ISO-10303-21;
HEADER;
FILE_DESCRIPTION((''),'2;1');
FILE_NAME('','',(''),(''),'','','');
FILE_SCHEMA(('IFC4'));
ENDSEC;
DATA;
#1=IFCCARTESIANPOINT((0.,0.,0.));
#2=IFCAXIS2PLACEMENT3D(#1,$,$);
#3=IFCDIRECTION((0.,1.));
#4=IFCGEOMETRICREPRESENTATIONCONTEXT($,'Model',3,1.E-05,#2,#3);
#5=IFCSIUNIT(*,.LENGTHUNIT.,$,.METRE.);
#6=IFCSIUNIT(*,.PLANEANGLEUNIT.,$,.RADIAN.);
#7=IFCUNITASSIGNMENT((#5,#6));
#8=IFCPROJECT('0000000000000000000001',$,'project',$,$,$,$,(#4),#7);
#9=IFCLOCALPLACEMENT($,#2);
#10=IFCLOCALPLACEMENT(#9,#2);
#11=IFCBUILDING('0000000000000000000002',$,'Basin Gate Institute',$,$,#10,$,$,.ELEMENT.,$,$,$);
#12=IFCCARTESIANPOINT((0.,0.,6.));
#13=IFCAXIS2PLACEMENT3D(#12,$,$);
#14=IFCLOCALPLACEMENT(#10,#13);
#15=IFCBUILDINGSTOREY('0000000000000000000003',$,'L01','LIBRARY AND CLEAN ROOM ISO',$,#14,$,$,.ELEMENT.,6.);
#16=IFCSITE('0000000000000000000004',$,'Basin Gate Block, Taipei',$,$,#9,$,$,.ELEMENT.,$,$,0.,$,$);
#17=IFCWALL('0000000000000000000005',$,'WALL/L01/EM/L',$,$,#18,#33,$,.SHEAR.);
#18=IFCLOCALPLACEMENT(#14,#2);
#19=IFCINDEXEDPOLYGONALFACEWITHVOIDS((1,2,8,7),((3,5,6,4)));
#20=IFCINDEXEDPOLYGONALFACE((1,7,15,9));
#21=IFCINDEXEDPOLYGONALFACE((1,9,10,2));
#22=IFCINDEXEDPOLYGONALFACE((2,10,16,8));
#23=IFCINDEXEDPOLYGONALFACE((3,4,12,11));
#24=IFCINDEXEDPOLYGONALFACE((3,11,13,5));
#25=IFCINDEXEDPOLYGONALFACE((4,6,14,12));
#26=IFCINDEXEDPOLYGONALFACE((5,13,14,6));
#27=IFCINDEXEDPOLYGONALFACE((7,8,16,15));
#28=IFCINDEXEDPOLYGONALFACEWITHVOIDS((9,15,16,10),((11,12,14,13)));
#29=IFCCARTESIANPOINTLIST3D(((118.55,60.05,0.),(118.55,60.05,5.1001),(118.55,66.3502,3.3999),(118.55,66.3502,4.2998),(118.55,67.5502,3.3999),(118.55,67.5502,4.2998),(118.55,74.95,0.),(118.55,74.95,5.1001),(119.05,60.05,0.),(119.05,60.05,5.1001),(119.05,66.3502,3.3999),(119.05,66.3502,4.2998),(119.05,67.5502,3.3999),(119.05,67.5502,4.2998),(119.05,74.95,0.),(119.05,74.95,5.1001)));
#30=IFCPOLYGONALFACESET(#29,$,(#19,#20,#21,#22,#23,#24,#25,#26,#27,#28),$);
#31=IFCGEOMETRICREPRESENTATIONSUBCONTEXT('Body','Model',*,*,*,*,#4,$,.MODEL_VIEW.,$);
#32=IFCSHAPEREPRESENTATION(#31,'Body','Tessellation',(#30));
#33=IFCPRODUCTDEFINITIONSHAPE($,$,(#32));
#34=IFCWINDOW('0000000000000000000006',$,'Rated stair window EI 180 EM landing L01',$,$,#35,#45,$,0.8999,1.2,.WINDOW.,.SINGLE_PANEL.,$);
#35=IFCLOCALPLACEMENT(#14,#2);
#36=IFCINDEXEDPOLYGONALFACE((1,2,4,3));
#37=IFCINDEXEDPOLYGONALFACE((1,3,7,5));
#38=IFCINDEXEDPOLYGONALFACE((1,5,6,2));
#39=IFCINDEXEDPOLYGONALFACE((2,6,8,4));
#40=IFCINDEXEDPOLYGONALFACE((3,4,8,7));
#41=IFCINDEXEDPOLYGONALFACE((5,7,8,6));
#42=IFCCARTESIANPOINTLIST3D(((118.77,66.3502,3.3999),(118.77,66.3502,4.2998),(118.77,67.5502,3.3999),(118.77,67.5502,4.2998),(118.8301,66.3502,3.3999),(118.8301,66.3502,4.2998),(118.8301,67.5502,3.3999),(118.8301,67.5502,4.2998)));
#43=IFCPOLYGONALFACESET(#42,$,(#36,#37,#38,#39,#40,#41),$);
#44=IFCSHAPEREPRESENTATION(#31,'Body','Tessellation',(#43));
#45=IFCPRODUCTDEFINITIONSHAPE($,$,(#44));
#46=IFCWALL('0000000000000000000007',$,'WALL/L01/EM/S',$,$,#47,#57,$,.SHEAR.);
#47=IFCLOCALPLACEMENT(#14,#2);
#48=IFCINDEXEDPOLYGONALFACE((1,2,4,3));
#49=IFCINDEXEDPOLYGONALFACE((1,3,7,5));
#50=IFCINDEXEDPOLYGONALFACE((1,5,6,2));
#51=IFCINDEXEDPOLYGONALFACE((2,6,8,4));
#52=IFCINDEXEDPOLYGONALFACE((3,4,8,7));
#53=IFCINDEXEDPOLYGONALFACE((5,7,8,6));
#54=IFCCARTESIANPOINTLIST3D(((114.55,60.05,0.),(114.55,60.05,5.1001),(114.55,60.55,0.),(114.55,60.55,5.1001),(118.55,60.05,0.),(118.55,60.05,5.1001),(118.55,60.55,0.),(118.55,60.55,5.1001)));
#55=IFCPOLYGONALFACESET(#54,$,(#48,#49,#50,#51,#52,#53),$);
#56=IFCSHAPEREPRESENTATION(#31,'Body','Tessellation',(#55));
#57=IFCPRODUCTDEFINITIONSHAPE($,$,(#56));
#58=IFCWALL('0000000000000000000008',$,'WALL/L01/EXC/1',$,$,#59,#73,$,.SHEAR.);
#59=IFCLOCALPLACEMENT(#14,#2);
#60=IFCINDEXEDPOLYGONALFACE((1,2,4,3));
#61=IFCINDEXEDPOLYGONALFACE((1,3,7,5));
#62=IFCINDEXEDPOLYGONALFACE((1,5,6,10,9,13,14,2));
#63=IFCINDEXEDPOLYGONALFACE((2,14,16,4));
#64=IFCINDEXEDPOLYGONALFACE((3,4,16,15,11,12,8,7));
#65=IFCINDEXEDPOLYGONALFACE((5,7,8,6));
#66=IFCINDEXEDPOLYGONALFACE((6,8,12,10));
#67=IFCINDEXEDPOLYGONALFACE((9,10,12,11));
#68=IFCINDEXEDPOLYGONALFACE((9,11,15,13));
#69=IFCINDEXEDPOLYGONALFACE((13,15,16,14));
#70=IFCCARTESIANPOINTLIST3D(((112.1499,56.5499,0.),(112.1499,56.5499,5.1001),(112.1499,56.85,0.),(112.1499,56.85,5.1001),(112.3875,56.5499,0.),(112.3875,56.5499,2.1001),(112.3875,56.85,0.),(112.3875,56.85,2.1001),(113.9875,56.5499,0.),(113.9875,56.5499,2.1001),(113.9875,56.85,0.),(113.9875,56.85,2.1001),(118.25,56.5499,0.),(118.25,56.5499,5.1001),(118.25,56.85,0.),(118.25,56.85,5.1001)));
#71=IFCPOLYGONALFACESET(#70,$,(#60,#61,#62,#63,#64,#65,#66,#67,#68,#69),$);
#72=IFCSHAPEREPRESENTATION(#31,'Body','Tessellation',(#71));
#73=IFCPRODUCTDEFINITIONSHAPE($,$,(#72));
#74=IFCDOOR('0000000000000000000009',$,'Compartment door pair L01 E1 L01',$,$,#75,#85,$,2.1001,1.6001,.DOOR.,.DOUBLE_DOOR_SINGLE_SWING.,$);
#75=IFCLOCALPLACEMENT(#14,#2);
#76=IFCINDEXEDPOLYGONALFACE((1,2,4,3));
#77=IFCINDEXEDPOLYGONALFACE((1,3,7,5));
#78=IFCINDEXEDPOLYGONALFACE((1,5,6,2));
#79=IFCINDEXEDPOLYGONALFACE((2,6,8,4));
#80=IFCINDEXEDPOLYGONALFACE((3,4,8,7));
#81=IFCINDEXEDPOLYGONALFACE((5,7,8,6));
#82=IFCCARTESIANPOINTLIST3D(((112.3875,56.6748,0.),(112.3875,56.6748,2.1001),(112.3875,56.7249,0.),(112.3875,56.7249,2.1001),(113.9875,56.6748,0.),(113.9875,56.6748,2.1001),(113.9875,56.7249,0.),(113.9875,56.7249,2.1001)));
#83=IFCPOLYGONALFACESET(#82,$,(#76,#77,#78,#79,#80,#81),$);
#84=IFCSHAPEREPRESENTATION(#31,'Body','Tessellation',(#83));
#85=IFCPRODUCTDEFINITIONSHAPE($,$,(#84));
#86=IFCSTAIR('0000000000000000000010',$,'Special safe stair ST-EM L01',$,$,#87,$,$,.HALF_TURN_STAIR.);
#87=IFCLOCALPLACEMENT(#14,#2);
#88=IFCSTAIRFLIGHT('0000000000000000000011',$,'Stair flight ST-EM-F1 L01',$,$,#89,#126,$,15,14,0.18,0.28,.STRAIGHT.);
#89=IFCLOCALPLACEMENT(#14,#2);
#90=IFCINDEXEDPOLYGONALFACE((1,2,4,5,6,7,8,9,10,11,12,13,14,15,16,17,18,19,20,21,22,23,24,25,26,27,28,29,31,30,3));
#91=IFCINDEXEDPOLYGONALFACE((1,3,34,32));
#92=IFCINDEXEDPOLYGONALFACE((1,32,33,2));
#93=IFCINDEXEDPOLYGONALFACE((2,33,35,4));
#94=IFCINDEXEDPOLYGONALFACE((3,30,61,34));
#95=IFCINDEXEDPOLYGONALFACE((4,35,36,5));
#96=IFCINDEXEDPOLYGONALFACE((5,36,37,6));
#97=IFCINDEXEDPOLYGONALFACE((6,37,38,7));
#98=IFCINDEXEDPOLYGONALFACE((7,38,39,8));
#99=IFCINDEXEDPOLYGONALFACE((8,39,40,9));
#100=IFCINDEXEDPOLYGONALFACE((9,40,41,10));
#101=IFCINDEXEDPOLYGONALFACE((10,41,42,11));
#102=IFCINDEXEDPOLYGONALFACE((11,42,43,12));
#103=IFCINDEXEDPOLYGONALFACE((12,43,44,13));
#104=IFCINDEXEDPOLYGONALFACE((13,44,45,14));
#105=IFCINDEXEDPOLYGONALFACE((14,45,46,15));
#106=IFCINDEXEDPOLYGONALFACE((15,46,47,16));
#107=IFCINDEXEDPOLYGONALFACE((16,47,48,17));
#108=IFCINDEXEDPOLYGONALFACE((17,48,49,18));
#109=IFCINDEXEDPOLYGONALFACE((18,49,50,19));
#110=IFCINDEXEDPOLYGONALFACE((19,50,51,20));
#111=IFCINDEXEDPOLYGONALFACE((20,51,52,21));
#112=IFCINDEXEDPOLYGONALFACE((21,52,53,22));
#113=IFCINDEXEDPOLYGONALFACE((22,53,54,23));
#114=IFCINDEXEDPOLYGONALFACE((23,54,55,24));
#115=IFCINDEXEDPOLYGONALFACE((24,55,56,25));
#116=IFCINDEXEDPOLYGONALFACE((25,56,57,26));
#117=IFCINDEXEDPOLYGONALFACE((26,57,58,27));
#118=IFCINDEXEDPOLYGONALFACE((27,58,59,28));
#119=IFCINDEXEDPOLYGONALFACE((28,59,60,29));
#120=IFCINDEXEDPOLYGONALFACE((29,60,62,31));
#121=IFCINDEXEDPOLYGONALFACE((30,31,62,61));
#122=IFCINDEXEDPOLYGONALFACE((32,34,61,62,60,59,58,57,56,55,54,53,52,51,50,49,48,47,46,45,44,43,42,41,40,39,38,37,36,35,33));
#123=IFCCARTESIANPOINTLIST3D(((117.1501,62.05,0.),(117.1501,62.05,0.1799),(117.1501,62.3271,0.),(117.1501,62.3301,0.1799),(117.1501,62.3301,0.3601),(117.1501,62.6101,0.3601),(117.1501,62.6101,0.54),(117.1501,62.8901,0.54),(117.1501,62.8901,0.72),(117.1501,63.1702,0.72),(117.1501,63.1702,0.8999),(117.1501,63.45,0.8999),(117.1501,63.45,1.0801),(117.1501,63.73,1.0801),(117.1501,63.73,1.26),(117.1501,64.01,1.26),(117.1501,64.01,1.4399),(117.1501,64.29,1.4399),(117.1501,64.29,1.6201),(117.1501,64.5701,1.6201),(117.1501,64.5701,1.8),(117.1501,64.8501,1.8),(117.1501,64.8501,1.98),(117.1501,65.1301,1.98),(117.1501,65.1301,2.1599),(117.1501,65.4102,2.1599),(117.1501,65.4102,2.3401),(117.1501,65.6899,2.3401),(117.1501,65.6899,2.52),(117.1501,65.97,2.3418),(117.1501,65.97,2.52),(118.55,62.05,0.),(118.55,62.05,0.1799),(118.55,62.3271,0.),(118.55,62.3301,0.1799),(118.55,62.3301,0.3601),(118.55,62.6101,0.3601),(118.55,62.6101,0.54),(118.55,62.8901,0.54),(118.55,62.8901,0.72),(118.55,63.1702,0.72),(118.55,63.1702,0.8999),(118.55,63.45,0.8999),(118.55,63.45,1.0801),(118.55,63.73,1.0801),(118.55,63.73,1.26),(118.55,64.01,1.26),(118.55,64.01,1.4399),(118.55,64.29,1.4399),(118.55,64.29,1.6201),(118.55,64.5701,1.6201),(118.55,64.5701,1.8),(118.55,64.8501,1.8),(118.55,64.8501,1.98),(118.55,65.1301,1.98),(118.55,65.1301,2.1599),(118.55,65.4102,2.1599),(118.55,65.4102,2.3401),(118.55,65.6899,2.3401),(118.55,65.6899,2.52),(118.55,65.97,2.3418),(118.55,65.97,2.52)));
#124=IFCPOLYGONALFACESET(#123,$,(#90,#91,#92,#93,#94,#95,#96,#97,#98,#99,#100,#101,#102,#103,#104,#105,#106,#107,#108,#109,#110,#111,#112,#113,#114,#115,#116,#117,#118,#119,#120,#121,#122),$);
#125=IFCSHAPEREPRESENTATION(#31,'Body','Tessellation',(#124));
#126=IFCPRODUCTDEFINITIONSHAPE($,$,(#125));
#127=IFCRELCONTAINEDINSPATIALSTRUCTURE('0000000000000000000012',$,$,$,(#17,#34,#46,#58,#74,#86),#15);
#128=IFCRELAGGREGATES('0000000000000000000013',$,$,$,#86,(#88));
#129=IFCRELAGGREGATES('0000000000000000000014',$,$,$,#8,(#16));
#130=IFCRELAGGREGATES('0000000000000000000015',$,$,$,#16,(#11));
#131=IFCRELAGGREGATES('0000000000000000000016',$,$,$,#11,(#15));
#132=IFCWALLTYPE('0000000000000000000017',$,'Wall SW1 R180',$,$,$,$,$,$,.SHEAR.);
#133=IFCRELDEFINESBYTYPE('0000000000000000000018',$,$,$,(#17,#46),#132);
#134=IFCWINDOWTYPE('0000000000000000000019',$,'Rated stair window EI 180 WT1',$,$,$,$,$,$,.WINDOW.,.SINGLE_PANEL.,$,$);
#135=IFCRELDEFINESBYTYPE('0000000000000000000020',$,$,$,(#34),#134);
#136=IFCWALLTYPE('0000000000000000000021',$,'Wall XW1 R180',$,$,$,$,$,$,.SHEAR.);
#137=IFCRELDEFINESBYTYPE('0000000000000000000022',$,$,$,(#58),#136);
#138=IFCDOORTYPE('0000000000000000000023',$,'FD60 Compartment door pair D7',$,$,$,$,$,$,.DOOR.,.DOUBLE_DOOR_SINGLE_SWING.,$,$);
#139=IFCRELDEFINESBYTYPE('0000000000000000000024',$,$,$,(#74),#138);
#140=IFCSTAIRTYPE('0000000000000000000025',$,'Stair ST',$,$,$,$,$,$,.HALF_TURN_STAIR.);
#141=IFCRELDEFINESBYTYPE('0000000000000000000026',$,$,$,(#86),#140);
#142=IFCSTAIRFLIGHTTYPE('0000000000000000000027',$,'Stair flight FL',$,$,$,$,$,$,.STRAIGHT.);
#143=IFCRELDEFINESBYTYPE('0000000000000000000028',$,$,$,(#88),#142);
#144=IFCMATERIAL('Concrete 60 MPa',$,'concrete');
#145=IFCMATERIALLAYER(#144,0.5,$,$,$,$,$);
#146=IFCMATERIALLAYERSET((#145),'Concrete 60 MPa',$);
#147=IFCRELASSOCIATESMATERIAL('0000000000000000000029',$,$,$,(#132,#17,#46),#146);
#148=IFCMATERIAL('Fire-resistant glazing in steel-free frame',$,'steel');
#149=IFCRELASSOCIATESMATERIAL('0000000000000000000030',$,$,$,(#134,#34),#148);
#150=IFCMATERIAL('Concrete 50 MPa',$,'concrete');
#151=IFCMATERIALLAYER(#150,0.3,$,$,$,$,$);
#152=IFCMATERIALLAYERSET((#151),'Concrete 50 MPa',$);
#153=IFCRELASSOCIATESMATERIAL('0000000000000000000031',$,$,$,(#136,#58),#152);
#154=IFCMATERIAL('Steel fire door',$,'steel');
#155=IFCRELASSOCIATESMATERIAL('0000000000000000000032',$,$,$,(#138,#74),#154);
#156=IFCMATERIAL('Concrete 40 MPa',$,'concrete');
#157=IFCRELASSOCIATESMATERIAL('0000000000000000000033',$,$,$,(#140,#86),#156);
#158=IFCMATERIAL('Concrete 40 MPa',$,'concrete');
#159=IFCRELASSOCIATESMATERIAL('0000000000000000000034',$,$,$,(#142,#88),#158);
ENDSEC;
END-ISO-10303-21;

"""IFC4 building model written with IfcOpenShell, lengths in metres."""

from ifc_helpers import new_model, si_unit, direction, frame, frame_2d, origin, place, context, subcontext, project, spatial, polyline, rectangle, outline, extrude, material, layer, layer_set, type_object, element, fill, aggregate, save


model = new_model("IFC4")

# Units and contexts
model_context = context("Model", 3, precision=1e-05, world=origin(), true_north=direction((0.0, 1.0)))
body_context = subcontext(model_context, "Body", "Model", "MODEL_VIEW")
ifc_project = project(units=[si_unit("LENGTHUNIT", "METRE"), si_unit("PLANEANGLEUNIT", "RADIAN")], contexts=[model_context])

# Site, building, storey
site_placement = place(None, origin())
site = spatial("IfcSite", under=ifc_project, at=site_placement, Name="Basin Gate Block, Taipei", CompositionType="ELEMENT", RefElevation=0.0)
building_placement = place(site_placement, origin())
building = spatial("IfcBuilding", under=site, at=building_placement, Name="Basin Gate Institute", CompositionType="ELEMENT")
storey_placement = place(building_placement, frame((0.0, 0.0, 6.0)))
storey = spatial("IfcBuildingStorey", under=building, at=storey_placement, Name="L01", Description="LIBRARY AND CLEAN ROOM ISO", CompositionType="ELEMENT", Elevation=6.0)

# Wall, opening, window
ifc_material_1 = material(Name="Concrete 60 MPa", Category="concrete")
ifc_layer_1 = layer(ifc_material_1, 0.5)
ifc_layer_set_1 = layer_set([ifc_layer_1], Name="Concrete 60 MPa")
wall_type_1 = type_object("IfcWallType", Name="Wall SW1 R180", PredefinedType="SHEAR", material=ifc_layer_set_1)
wall_1_placement = place(storey_placement, frame((118.8, 60.05, 0.0), z_axis=(0.0, 0.0, 1.0), x_axis=(0.0, 1.0, 0.0)))
wall_1 = element("IfcWall", 1, at=wall_1_placement, inside=storey, type_object=wall_type_1, material=ifc_layer_set_1, Name="WALL/L01/EM/L", PredefinedType="SHEAR", context=body_context, shape_type="SweptSolid", body=[
    extrude(rectangle(XDim=14.8999, YDim=0.5, at=frame_2d((7.45, 0.0))), origin(), (0.0, 0.0, 1.0), 5.1001),
])
opening_1_placement = place(wall_1_placement, frame((6.3, 0.0, 3.3999)))
opening_1 = element("IfcOpeningElement", 2, at=opening_1_placement, cuts=wall_1, PredefinedType="OPENING", context=body_context, shape_type="SweptSolid", body=[
    extrude(rectangle(XDim=1.2, YDim=0.8999, at=frame_2d((0.6001, 0.45))), frame((0.0, 0.26, 0.0), z_axis=(0.0, -1.0, 0.0), x_axis=(1.0, 0.0, 0.0)), (0.0, 0.0, 1.0), 0.52),
])
ifc_material_2 = material(Name="Fire-resistant glazing in steel-free frame", Category="steel")
window_type_1 = type_object("IfcWindowType", Name="Rated stair window EI 180 WT1", PartitioningType="SINGLE_PANEL", PredefinedType="WINDOW", material=ifc_material_2)
window_1_placement = place(opening_1_placement, origin())
window_1 = element("IfcWindow", 3, at=window_1_placement, inside=storey, type_object=window_type_1, material=ifc_material_2, Name="Rated stair window EI 180 EM landing L01", OverallHeight=0.8999, OverallWidth=1.2, PartitioningType="SINGLE_PANEL", PredefinedType="WINDOW", context=body_context, shape_type="SweptSolid", body=[
    extrude(rectangle(XDim=1.2, YDim=0.8999, at=frame_2d((0.6001, 0.45))), frame((0.0, 0.03, 0.0), z_axis=(0.0, -1.0, 0.0), x_axis=(1.0, 0.0, 0.0)), (0.0, 0.0, 1.0), 0.0601),
])
fill(opening_1, window_1)

# Wall
wall_2_placement = place(storey_placement, frame((118.55, 60.3, 0.0), z_axis=(0.0, 0.0, 1.0), x_axis=(-1.0, 0.0, 0.0)))
element("IfcWall", 4, at=wall_2_placement, inside=storey, type_object=wall_type_1, material=ifc_layer_set_1, Name="WALL/L01/EM/S", PredefinedType="SHEAR", context=body_context, shape_type="SweptSolid", body=[
    extrude(rectangle(XDim=4.0, YDim=0.5, at=frame_2d((2.0, 0.0))), origin(), (0.0, 0.0, 1.0), 5.1001),
])

# Wall, opening, door
ifc_material_3 = material(Name="Concrete 50 MPa", Category="concrete")
ifc_layer_2 = layer(ifc_material_3, 0.3)
ifc_layer_set_2 = layer_set([ifc_layer_2], Name="Concrete 50 MPa")
wall_type_2 = type_object("IfcWallType", Name="Wall XW1 R180", PredefinedType="SHEAR", material=ifc_layer_set_2)
wall_3_placement = place(storey_placement, frame((118.25, 56.7, 0.0), z_axis=(0.0, 0.0, 1.0), x_axis=(-1.0, 0.0, 0.0)))
wall_3 = element("IfcWall", 5, at=wall_3_placement, inside=storey, type_object=wall_type_2, material=ifc_layer_set_2, Name="WALL/L01/EXC/1", PredefinedType="SHEAR", context=body_context, shape_type="SweptSolid", body=[
    extrude(rectangle(XDim=6.1001, YDim=0.3, at=frame_2d((3.05, 0.0))), origin(), (0.0, 0.0, 1.0), 5.1001),
])
opening_2_placement = place(wall_3_placement, frame((4.2625, 0.0, 0.0)))
opening_2 = element("IfcOpeningElement", 6, at=opening_2_placement, cuts=wall_3, PredefinedType="OPENING", context=body_context, shape_type="SweptSolid", body=[
    extrude(rectangle(XDim=1.6001, YDim=2.1001, at=frame_2d((0.8, 1.05))), frame((0.0, 0.1602, 0.0), z_axis=(0.0, -1.0, 0.0), x_axis=(1.0, 0.0, 0.0)), (0.0, 0.0, 1.0), 0.3201),
])
ifc_material_4 = material(Name="Steel fire door", Category="steel")
door_type = type_object("IfcDoorType", Name="FD60 Compartment door pair D7", OperationType="DOUBLE_DOOR_SINGLE_SWING", PredefinedType="DOOR", material=ifc_material_4)
door_placement = place(opening_2_placement, frame((1.6001, 0.0, 0.0), z_axis=(0.0, 0.0, 1.0), x_axis=(-1.0, 0.0, 0.0)))
door = element("IfcDoor", 7, at=door_placement, inside=storey, type_object=door_type, material=ifc_material_4, Name="Compartment door pair L01 E1 L01", OperationType="DOUBLE_DOOR_SINGLE_SWING", OverallHeight=2.1001, OverallWidth=1.6001, PredefinedType="DOOR", context=body_context, shape_type="SweptSolid", body=[
    extrude(rectangle(XDim=1.6001, YDim=2.1001, at=frame_2d((0.8, 1.05))), frame((0.0, 0.0249, 0.0), z_axis=(0.0, -1.0, 0.0), x_axis=(1.0, 0.0, 0.0)), (0.0, 0.0, 1.0), 0.05),
])
fill(opening_2, door)

# Stair, stair flight
ifc_material_5 = material(Name="Concrete 40 MPa", Category="concrete")
stair_type = type_object("IfcStairType", Name="Stair ST", PredefinedType="HALF_TURN_STAIR", material=ifc_material_5)
stair_placement = place(storey_placement, origin())
stair = element("IfcStair", 8, at=stair_placement, inside=storey, type_object=stair_type, material=ifc_material_5, Name="Special safe stair ST-EM L01", PredefinedType="HALF_TURN_STAIR")
ifc_material_6 = material(Name="Concrete 40 MPa", Category="concrete")
stair_flight_type = type_object("IfcStairFlightType", Name="Stair flight FL", PredefinedType="STRAIGHT", material=ifc_material_6)
stair_flight_placement = place(storey_placement, frame((117.8501, 62.05, 0.0), z_axis=(0.0, 0.0, 1.0), x_axis=(0.0, 1.0, 0.0)))
stair_flight = element("IfcStairFlight", 9, at=stair_flight_placement, type_object=stair_flight_type, material=ifc_material_6, Name="Stair flight ST-EM-F1 L01", NumberOfRisers=15, NumberOfTreads=14, PredefinedType="STRAIGHT", RiserHeight=0.18, TreadLength=0.28, context=body_context, shape_type="SweptSolid", body=[
    extrude(outline(polyline([(0.0, 0.0), (0.0, 0.1799), (0.28, 0.1799), (0.28, 0.3601), (0.5601, 0.3601), (0.5601, 0.54), (0.8401, 0.54), (0.8401, 0.72), (1.1201, 0.72), (1.1201, 0.8999), (1.3999, 0.8999), (1.3999, 1.0801), (1.6799, 1.0801), (1.6799, 1.26), (1.96, 1.26), (1.96, 1.4399), (2.24, 1.4399), (2.24, 1.6201), (2.52, 1.6201), (2.52, 1.8), (2.8, 1.8), (2.8, 1.98), (3.0801, 1.98), (3.0801, 2.1599), (3.3601, 2.1599), (3.3601, 2.3401), (3.6399, 2.3401), (3.6399, 2.52), (3.9199, 2.52), (3.9199, 2.7), (3.9199, 2.3418), (0.2771, 0.0), (0.0, 0.0)])), frame((0.0, 0.7, 0.0), z_axis=(0.0, -1.0, 0.0), x_axis=(1.0, 0.0, 0.0)), (0.0, 0.0, 1.0), 1.3999),
])
aggregate(stair, [stair_flight])

save(model, "model.ifc")
